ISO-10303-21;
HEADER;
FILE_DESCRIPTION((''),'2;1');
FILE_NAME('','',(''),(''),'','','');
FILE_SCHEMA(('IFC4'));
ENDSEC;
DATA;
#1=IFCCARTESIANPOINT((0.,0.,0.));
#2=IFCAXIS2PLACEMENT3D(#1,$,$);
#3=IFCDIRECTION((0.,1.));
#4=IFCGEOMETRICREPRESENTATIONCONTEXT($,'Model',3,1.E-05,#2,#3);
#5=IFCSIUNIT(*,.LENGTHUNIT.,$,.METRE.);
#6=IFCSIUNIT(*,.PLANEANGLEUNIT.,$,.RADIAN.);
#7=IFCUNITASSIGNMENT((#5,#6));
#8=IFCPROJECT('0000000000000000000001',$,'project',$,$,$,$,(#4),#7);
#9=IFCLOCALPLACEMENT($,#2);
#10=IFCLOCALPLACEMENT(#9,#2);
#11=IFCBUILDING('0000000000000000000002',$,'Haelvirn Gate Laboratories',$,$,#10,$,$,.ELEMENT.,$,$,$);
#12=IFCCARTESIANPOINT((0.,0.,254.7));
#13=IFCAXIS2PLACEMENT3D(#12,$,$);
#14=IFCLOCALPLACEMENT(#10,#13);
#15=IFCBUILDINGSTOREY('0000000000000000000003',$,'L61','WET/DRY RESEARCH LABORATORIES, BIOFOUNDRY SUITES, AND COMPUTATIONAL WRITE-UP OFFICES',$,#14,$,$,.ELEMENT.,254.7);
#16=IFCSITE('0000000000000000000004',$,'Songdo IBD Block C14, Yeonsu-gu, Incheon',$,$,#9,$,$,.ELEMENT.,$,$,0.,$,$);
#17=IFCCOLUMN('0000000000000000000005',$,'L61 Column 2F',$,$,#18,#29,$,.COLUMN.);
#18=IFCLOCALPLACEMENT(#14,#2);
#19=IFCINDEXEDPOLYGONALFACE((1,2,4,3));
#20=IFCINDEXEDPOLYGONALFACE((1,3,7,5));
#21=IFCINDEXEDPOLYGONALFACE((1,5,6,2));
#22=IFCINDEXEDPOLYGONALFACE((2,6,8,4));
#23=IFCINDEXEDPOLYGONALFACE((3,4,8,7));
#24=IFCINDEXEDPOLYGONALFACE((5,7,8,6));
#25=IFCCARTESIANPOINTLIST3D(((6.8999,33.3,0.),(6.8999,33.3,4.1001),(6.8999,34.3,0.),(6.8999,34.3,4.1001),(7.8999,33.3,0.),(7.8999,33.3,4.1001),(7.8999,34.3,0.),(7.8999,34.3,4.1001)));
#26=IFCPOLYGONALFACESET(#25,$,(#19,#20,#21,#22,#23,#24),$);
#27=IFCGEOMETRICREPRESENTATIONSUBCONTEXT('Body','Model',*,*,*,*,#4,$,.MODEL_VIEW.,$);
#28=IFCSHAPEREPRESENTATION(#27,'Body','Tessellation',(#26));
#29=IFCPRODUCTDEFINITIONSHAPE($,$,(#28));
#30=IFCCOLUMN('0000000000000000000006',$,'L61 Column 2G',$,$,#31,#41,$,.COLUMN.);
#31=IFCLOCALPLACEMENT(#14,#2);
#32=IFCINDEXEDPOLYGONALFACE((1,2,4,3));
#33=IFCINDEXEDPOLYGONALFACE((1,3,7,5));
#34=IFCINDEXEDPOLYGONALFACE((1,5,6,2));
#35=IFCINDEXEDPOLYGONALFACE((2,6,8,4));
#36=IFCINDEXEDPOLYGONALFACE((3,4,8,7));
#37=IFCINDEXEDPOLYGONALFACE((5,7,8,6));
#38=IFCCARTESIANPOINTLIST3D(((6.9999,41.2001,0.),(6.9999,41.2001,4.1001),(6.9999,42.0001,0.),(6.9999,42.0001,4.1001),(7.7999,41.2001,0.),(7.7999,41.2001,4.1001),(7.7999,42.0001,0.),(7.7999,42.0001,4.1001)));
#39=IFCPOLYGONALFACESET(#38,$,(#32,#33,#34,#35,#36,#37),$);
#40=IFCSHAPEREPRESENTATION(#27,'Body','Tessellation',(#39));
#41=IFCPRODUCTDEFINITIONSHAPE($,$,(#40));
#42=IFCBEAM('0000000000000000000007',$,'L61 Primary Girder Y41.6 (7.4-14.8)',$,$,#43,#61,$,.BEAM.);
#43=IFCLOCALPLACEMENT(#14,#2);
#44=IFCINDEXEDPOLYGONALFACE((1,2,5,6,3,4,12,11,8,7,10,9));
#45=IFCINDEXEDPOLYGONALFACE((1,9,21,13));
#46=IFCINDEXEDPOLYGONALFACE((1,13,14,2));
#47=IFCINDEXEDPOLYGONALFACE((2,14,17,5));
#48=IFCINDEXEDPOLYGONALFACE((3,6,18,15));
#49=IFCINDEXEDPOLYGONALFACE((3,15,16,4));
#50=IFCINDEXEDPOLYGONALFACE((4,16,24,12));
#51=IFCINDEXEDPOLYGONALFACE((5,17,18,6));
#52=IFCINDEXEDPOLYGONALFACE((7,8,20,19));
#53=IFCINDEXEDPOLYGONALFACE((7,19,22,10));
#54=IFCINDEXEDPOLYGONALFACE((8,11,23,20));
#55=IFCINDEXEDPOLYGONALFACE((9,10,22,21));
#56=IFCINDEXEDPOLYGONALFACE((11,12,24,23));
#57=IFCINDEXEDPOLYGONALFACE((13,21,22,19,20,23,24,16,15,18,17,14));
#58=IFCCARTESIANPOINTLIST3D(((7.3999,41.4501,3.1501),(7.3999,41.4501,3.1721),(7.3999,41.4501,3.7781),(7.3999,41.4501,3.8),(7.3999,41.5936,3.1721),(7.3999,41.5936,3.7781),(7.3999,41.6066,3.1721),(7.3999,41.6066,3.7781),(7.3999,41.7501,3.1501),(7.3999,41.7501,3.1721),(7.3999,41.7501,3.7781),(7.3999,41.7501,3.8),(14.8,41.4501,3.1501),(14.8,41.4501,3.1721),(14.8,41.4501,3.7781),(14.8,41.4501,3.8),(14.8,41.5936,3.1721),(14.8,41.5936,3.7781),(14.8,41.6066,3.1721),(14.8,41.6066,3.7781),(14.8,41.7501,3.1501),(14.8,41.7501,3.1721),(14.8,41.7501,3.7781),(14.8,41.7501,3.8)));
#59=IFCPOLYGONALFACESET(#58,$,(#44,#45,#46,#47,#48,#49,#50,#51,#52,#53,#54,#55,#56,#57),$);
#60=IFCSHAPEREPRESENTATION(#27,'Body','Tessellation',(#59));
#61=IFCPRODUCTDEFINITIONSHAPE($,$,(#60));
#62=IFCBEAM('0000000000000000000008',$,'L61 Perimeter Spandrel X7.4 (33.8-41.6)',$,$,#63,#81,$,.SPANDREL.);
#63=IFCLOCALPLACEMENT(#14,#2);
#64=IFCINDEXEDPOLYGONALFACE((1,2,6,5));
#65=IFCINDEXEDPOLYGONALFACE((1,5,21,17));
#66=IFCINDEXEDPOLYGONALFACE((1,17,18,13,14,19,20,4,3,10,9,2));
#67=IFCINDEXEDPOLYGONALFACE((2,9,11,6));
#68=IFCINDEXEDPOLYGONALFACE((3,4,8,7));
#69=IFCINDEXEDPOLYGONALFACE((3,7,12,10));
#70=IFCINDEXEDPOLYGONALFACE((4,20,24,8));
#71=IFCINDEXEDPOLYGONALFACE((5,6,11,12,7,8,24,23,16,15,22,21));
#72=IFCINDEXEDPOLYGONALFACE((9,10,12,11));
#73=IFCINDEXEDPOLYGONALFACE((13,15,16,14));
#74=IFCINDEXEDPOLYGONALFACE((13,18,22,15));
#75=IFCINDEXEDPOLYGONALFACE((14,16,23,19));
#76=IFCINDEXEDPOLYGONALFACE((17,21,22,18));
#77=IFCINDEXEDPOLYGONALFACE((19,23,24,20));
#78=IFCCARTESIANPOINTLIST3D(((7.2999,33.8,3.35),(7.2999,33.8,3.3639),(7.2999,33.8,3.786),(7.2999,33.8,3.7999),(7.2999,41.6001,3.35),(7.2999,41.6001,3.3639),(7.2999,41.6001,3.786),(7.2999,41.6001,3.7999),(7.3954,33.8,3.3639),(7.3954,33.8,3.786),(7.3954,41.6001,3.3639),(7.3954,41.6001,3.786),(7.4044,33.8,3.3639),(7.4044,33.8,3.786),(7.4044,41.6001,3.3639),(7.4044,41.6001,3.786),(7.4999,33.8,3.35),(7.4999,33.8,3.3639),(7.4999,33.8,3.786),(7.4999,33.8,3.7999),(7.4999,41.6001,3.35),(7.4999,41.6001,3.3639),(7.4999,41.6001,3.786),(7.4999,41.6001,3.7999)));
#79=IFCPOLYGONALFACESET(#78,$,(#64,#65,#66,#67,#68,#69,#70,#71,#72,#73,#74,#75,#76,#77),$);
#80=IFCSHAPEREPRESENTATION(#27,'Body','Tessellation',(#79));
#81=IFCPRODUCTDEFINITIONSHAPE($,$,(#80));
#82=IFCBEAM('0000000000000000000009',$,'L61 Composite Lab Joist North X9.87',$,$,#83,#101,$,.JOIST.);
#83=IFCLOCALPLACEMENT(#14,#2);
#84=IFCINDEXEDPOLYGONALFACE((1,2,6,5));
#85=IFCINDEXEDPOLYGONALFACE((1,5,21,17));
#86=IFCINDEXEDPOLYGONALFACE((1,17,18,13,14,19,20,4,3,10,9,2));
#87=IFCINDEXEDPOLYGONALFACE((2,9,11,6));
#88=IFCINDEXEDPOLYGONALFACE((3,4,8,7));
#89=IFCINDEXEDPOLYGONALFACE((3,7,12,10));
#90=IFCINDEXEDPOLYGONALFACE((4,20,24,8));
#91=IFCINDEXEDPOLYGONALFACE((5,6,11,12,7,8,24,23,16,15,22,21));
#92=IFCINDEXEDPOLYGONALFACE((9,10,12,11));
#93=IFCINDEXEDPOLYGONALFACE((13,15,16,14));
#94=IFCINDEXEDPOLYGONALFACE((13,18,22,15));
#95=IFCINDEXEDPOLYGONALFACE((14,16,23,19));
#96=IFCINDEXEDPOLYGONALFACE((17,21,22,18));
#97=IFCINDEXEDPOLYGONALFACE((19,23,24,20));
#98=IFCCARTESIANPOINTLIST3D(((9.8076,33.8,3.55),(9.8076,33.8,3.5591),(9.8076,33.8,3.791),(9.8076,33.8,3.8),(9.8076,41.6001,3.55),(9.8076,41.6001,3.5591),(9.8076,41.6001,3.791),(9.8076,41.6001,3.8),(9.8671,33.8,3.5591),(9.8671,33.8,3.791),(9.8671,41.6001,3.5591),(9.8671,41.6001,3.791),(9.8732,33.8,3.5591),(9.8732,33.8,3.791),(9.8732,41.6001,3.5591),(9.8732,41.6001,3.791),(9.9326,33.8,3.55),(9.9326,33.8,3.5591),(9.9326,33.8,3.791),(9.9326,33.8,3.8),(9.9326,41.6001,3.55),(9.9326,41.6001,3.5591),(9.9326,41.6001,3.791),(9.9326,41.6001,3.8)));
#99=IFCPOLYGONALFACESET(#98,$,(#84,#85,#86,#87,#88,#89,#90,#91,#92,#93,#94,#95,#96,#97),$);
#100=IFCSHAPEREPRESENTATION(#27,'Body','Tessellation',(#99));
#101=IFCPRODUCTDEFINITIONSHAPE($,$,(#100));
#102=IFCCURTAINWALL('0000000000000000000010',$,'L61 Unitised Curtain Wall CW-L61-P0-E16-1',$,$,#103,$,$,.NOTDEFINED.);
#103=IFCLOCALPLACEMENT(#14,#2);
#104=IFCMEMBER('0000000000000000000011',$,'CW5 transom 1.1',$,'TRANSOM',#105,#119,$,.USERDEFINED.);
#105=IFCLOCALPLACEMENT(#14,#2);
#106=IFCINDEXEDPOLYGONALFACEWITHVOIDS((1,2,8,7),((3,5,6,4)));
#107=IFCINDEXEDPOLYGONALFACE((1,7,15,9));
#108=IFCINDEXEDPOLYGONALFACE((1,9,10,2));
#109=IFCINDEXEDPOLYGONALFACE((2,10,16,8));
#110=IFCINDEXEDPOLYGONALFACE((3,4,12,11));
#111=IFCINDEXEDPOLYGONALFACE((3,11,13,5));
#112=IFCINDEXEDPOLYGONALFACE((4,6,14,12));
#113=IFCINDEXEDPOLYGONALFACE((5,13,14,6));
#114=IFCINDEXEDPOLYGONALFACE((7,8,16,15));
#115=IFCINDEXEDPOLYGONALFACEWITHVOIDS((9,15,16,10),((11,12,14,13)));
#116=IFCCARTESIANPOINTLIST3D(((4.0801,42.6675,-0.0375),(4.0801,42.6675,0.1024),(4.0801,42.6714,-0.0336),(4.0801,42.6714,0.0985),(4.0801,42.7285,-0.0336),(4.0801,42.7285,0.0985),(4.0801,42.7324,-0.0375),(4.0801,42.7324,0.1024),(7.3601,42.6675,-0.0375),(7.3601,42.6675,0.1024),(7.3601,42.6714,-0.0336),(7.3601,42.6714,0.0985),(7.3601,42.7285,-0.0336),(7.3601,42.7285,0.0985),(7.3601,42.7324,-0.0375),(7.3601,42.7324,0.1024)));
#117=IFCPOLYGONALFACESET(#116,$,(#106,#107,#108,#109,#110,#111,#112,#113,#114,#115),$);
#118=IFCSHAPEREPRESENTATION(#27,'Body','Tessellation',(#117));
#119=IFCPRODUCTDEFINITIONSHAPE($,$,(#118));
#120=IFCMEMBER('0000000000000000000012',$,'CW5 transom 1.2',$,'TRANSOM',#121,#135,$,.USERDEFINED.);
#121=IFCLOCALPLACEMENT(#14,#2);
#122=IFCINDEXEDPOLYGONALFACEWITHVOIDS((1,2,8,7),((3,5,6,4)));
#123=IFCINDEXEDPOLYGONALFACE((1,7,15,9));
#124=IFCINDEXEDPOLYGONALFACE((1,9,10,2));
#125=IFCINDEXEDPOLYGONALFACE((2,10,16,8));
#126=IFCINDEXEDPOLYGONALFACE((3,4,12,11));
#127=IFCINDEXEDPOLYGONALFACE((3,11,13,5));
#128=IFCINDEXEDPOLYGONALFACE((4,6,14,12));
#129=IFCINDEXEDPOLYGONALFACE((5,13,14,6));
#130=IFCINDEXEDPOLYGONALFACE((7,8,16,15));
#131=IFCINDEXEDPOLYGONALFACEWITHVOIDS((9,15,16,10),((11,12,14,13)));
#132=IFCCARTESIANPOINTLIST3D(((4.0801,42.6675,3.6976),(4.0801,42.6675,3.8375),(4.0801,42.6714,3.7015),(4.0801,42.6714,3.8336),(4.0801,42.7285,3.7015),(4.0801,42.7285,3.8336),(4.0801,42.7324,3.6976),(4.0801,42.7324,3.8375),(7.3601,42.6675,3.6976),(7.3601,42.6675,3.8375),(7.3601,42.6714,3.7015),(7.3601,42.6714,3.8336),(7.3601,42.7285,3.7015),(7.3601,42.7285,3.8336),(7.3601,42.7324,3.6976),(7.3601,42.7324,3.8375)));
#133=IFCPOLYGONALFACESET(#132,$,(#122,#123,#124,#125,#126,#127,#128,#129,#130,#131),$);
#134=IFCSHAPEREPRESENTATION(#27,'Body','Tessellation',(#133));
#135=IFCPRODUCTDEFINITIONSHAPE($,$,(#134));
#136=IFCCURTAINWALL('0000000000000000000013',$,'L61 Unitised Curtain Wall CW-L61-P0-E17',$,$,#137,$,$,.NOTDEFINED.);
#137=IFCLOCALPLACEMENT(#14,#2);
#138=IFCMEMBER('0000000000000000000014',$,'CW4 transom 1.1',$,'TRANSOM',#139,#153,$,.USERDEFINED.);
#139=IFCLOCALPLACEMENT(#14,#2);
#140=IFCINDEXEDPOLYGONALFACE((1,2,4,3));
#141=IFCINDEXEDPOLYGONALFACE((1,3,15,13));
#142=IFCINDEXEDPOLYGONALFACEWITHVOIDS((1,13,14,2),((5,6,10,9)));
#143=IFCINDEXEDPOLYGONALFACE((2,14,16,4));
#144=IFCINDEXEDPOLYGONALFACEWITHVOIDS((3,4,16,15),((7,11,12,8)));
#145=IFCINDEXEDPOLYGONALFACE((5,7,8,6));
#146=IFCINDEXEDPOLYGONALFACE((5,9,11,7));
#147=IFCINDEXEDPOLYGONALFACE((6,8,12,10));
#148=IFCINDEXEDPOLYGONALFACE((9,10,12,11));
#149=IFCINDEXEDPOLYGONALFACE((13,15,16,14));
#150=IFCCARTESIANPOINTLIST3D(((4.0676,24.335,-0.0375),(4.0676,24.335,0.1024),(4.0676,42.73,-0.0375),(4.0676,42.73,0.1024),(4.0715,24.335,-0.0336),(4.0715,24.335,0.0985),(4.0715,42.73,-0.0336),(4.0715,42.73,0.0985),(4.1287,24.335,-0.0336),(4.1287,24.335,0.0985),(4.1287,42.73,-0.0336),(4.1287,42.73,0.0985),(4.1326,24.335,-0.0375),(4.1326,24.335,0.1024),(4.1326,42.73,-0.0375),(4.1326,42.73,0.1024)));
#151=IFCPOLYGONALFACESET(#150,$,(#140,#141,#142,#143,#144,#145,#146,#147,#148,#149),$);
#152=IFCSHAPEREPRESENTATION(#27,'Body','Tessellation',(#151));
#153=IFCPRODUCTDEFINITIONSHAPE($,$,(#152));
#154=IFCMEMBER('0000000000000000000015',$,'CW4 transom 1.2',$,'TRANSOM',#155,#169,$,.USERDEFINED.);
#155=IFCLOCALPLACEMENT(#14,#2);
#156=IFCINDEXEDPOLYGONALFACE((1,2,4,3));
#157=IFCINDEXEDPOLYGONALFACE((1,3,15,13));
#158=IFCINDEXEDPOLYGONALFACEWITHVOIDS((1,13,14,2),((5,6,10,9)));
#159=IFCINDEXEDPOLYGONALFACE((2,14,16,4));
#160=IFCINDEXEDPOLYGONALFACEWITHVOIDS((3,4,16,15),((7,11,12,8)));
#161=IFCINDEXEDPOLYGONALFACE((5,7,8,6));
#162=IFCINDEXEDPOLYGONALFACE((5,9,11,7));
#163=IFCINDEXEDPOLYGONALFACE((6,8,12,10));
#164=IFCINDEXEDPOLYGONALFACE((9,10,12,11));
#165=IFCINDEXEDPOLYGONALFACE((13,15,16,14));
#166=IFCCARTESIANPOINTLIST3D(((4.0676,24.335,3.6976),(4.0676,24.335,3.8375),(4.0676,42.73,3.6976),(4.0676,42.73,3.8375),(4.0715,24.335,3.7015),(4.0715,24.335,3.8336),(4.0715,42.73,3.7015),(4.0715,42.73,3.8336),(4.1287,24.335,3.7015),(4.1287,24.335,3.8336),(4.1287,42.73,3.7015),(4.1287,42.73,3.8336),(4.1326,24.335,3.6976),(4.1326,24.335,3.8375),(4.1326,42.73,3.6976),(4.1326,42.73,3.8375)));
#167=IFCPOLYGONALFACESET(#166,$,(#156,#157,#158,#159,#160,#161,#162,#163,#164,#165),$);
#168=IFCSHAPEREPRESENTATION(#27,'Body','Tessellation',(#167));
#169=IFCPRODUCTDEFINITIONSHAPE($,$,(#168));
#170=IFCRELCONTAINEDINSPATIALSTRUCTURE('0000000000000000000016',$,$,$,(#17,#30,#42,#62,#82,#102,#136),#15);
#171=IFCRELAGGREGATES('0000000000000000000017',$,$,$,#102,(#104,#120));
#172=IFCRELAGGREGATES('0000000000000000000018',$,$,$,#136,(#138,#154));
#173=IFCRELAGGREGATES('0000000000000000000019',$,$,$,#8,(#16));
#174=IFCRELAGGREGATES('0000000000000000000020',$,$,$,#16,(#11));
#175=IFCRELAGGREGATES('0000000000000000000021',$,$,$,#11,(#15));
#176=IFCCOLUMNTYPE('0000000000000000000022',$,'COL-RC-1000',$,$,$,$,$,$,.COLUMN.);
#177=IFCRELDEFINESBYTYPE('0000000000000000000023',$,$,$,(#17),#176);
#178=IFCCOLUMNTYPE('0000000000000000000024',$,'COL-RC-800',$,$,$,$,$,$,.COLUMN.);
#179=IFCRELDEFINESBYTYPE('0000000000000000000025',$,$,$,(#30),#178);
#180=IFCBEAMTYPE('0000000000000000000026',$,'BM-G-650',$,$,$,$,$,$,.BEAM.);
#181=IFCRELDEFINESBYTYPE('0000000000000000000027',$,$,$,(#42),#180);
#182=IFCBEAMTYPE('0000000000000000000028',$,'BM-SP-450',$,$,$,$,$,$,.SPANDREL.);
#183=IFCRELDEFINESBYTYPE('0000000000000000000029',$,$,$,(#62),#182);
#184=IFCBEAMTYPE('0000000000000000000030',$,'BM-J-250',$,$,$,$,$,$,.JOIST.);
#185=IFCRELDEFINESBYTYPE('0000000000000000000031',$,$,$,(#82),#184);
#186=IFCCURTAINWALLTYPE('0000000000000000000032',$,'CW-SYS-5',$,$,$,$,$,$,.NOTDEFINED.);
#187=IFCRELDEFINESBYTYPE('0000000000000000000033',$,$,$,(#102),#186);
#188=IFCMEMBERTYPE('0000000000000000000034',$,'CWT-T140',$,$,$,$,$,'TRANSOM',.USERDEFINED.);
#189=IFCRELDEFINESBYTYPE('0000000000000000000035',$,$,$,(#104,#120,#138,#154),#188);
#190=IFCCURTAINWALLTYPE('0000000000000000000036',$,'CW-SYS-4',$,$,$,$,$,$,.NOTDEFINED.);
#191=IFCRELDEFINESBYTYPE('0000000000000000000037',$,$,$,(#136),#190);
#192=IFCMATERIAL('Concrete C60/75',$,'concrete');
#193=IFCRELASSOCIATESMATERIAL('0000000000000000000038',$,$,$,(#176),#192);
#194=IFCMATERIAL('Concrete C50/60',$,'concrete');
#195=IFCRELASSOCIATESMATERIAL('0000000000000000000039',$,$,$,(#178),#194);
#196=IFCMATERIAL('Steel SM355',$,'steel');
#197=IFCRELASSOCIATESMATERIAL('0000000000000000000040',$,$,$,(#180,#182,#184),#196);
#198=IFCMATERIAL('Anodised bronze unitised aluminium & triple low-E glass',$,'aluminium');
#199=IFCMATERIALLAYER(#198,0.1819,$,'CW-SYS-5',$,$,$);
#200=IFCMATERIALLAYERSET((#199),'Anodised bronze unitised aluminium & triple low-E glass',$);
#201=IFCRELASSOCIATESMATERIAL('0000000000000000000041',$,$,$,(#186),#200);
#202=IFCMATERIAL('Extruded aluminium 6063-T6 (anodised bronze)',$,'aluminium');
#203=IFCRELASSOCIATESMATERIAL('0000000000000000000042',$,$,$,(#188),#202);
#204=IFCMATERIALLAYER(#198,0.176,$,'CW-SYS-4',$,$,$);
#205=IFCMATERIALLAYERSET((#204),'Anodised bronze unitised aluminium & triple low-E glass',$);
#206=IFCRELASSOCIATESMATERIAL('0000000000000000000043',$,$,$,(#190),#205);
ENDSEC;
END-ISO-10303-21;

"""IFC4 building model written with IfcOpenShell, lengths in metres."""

from ifc_helpers import new_model, si_unit, direction, frame, origin, origin_2d, place, context, subcontext, project, spatial, rectangle, hollow_rectangle, i_section, extrude, source, transform, mapped, material, layer, layer_set, material_profile, profile_set, type_object, type_shapes, element, aggregate, save


model = new_model("IFC4")

# Units and contexts
model_context = context("Model", 3, precision=1e-05, world=origin(), true_north=direction((0.0, 1.0)))
body_context = subcontext(model_context, "Body", "Model", "MODEL_VIEW")
ifc_project = project(units=[si_unit("LENGTHUNIT", "METRE"), si_unit("PLANEANGLEUNIT", "RADIAN")], contexts=[model_context])

# Site, building, storey
site_placement = place(None, origin())
site = spatial("IfcSite", under=ifc_project, at=site_placement, Name="Songdo IBD Block C14, Yeonsu-gu, Incheon", CompositionType="ELEMENT", RefElevation=0.0)
building_placement = place(site_placement, origin())
building = spatial("IfcBuilding", under=site, at=building_placement, Name="Haelvirn Gate Laboratories", CompositionType="ELEMENT")
storey_placement = place(building_placement, frame((0.0, 0.0, 254.7)))
storey = spatial("IfcBuildingStorey", under=building, at=storey_placement, Name="L61", Description="WET/DRY RESEARCH LABORATORIES, BIOFOUNDRY SUITES, AND COMPUTATIONAL WRITE-UP OFFICES", CompositionType="ELEMENT", Elevation=254.7)

# Columns
ifc_material_1 = material(Name="Concrete C60/75", Category="concrete")
ifc_material_profile_1 = material_profile(ifc_material_1, rectangle(XDim=1.0, YDim=1.0, at=origin_2d()), Name="RC-1000x1000")
ifc_profile_set_1 = profile_set([ifc_material_profile_1], Name="Concrete C60/75")
column_type_1 = type_object("IfcColumnType", Name="COL-RC-1000", PredefinedType="COLUMN", material=ifc_profile_set_1)
shared_shape_1 = source(origin(), body_context, "Body", "SweptSolid", [
    extrude(rectangle(XDim=1.0, YDim=1.0, at=origin_2d()), origin(), (0.0, 0.0, 1.0), 4.1001),
])
type_shapes(column_type_1, [shared_shape_1])
column_1_placement = place(storey_placement, frame((7.3999, 33.8, 0.0), z_axis=(0.0, 0.0, 1.0), x_axis=(1.0, 0.0, 0.0)))
element("IfcColumn", 1, at=column_1_placement, inside=storey, type_object=column_type_1, Name="L61 Column 2F", PredefinedType="COLUMN", context=body_context, shape_type="MappedRepresentation", body=[
    mapped(shared_shape_1, transform((0.0, 0.0, 0.0), scale=1.0)),
])
ifc_material_2 = material(Name="Concrete C50/60", Category="concrete")
ifc_material_profile_2 = material_profile(ifc_material_2, rectangle(XDim=0.8, YDim=0.8, at=origin_2d()), Name="RC-800x800")
ifc_profile_set_2 = profile_set([ifc_material_profile_2], Name="Concrete C50/60")
column_type_2 = type_object("IfcColumnType", Name="COL-RC-800", PredefinedType="COLUMN", material=ifc_profile_set_2)
shared_shape_2 = source(origin(), body_context, "Body", "SweptSolid", [
    extrude(rectangle(XDim=0.8, YDim=0.8, at=origin_2d()), origin(), (0.0, 0.0, 1.0), 4.1001),
])
type_shapes(column_type_2, [shared_shape_2])
column_2_placement = place(storey_placement, frame((7.3999, 41.6001, 0.0), z_axis=(0.0, 0.0, 1.0), x_axis=(1.0, 0.0, 0.0)))
element("IfcColumn", 2, at=column_2_placement, inside=storey, type_object=column_type_2, Name="L61 Column 2G", PredefinedType="COLUMN", context=body_context, shape_type="MappedRepresentation", body=[
    mapped(shared_shape_2, transform((0.0, 0.0, 0.0), scale=1.0)),
])

# Beams
ifc_material_3 = material(Name="Steel SM355", Category="steel")
ifc_material_profile_3 = material_profile(ifc_material_3, i_section(OverallWidth=0.3, OverallDepth=0.6499, WebThickness=0.0129, FlangeThickness=0.022, at=origin_2d()), Name="H-650x300x13x22")
ifc_profile_set_3 = profile_set([ifc_material_profile_3], Name="Steel SM355")
beam_type_1 = type_object("IfcBeamType", Name="BM-G-650", PredefinedType="BEAM", material=ifc_profile_set_3)
shared_shape_3 = source(origin(), body_context, "Body", "SweptSolid", [
    extrude(i_section(OverallWidth=0.3, OverallDepth=0.6499, WebThickness=0.0129, FlangeThickness=0.022, at=origin_2d()), origin(), (0.0, 0.0, 1.0), 7.4001),
])
type_shapes(beam_type_1, [shared_shape_3])
beam_1_placement = place(storey_placement, frame((7.3999, 41.6001, 3.4751), z_axis=(1.0, 0.0, 0.0), x_axis=(0.0, 1.0, 0.0)))
element("IfcBeam", 3, at=beam_1_placement, inside=storey, type_object=beam_type_1, Name="L61 Primary Girder Y41.6 (7.4-14.8)", PredefinedType="BEAM", context=body_context, shape_type="MappedRepresentation", body=[
    mapped(shared_shape_3, transform((0.0, 0.0, 0.0), scale=1.0)),
])
ifc_material_profile_4 = material_profile(ifc_material_3, i_section(OverallWidth=0.2, OverallDepth=0.45, WebThickness=0.009, FlangeThickness=0.0139, at=origin_2d()), Name="H-450x200x9x14")
ifc_profile_set_4 = profile_set([ifc_material_profile_4], Name="Steel SM355")
beam_type_2 = type_object("IfcBeamType", Name="BM-SP-450", PredefinedType="SPANDREL", material=ifc_profile_set_4)
shared_shape_4 = source(origin(), body_context, "Body", "SweptSolid", [
    extrude(i_section(OverallWidth=0.2, OverallDepth=0.45, WebThickness=0.009, FlangeThickness=0.0139, at=origin_2d()), origin(), (0.0, 0.0, 1.0), 7.8),
])
type_shapes(beam_type_2, [shared_shape_4])
beam_2_placement = place(storey_placement, frame((7.3999, 33.8, 3.575), z_axis=(0.0, 1.0, 0.0), x_axis=(-1.0, 0.0, 0.0)))
element("IfcBeam", 4, at=beam_2_placement, inside=storey, type_object=beam_type_2, Name="L61 Perimeter Spandrel X7.4 (33.8-41.6)", PredefinedType="SPANDREL", context=body_context, shape_type="MappedRepresentation", body=[
    mapped(shared_shape_4, transform((0.0, 0.0, 0.0), scale=1.0)),
])
ifc_material_profile_5 = material_profile(ifc_material_3, i_section(OverallWidth=0.125, OverallDepth=0.25, WebThickness=0.0061, FlangeThickness=0.009, at=origin_2d()), Name="H-250x125x6x9")
ifc_profile_set_5 = profile_set([ifc_material_profile_5], Name="Steel SM355")
beam_type_3 = type_object("IfcBeamType", Name="BM-J-250", PredefinedType="JOIST", material=ifc_profile_set_5)
shared_shape_5 = source(origin(), body_context, "Body", "SweptSolid", [
    extrude(i_section(OverallWidth=0.125, OverallDepth=0.25, WebThickness=0.0061, FlangeThickness=0.009, at=origin_2d()), origin(), (0.0, 0.0, 1.0), 7.8),
])
type_shapes(beam_type_3, [shared_shape_5])
beam_3_placement = place(storey_placement, frame((9.8701, 33.8, 3.675), z_axis=(0.0, 1.0, 0.0), x_axis=(-1.0, 0.0, 0.0)))
element("IfcBeam", 5, at=beam_3_placement, inside=storey, type_object=beam_type_3, Name="L61 Composite Lab Joist North X9.87", PredefinedType="JOIST", context=body_context, shape_type="MappedRepresentation", body=[
    mapped(shared_shape_5, transform((0.0, 0.0, 0.0), scale=1.0)),
])

# Curtain walls, members
ifc_material_4 = material(Name="Anodised bronze unitised aluminium & triple low-E glass", Category="aluminium")
ifc_layer_1 = layer(ifc_material_4, 0.1819, Name="CW-SYS-5")
ifc_layer_set_1 = layer_set([ifc_layer_1], Name="Anodised bronze unitised aluminium & triple low-E glass")
curtain_wall_type_1 = type_object("IfcCurtainWallType", Name="CW-SYS-5", PredefinedType="NOTDEFINED", material=ifc_layer_set_1)
curtain_wall_1_placement = place(storey_placement, origin())
curtain_wall_1 = element("IfcCurtainWall", 6, at=curtain_wall_1_placement, inside=storey, type_object=curtain_wall_type_1, Name="L61 Unitised Curtain Wall CW-L61-P0-E16-1", PredefinedType="NOTDEFINED")
ifc_material_5 = material(Name="Extruded aluminium 6063-T6 (anodised bronze)", Category="aluminium")
ifc_material_profile_6 = material_profile(ifc_material_5, hollow_rectangle(XDim=0.0649, YDim=0.1399, WallThickness=0.0039, at=origin_2d()), Name="CWT-140x65x4")
ifc_profile_set_6 = profile_set([ifc_material_profile_6], Name="Extruded aluminium 6063-T6 (anodised bronze)")
member_type_1 = type_object("IfcMemberType", Name="CWT-T140", ElementType="TRANSOM", PredefinedType="USERDEFINED", material=ifc_profile_set_6)
shared_shape_6 = source(origin(), body_context, "Body", "SweptSolid", [
    extrude(hollow_rectangle(XDim=0.0649, YDim=0.1399, WallThickness=0.0039, at=origin_2d()), origin(), (0.0, 0.0, 1.0), 3.28),
])
member_1_placement = place(storey_placement, frame((4.0801, 42.7, 0.0325), z_axis=(1.0, 0.0, 0.0), x_axis=(0.0, 1.0, 0.0)))
member_1 = element("IfcMember", 7, at=member_1_placement, type_object=member_type_1, Name="CW5 transom 1.1", ObjectType="TRANSOM", PredefinedType="USERDEFINED", context=body_context, shape_type="MappedRepresentation", body=[
    mapped(shared_shape_6, transform((0.0, 0.0, 0.0), scale=1.0)),
])
member_2_placement = place(storey_placement, frame((4.0801, 42.7, 3.7676), z_axis=(1.0, 0.0, 0.0), x_axis=(0.0, 1.0, 0.0)))
member_2 = element("IfcMember", 8, at=member_2_placement, type_object=member_type_1, Name="CW5 transom 1.2", ObjectType="TRANSOM", PredefinedType="USERDEFINED", context=body_context, shape_type="MappedRepresentation", body=[
    mapped(shared_shape_6, transform((0.0, 0.0, 0.0), scale=1.0)),
])
ifc_layer_2 = layer(ifc_material_4, 0.176, Name="CW-SYS-4")
ifc_layer_set_2 = layer_set([ifc_layer_2], Name="Anodised bronze unitised aluminium & triple low-E glass")
curtain_wall_type_2 = type_object("IfcCurtainWallType", Name="CW-SYS-4", PredefinedType="NOTDEFINED", material=ifc_layer_set_2)
curtain_wall_2_placement = place(storey_placement, origin())
curtain_wall_2 = element("IfcCurtainWall", 9, at=curtain_wall_2_placement, inside=storey, type_object=curtain_wall_type_2, Name="L61 Unitised Curtain Wall CW-L61-P0-E17", PredefinedType="NOTDEFINED")
shared_shape_7 = source(origin(), body_context, "Body", "SweptSolid", [
    extrude(hollow_rectangle(XDim=0.0649, YDim=0.1399, WallThickness=0.0039, at=origin_2d()), origin(), (0.0, 0.0, 1.0), 18.395),
])
member_3_placement = place(storey_placement, frame((4.1001, 42.73, 0.0325), z_axis=(0.0, -1.0, 0.0), x_axis=(1.0, 0.0, 0.0)))
member_3 = element("IfcMember", 10, at=member_3_placement, type_object=member_type_1, Name="CW4 transom 1.1", ObjectType="TRANSOM", PredefinedType="USERDEFINED", context=body_context, shape_type="MappedRepresentation", body=[
    mapped(shared_shape_7, transform((0.0, 0.0, 0.0), scale=1.0)),
])
member_4_placement = place(storey_placement, frame((4.1001, 42.73, 3.7676), z_axis=(0.0, -1.0, 0.0), x_axis=(1.0, 0.0, 0.0)))
member_4 = element("IfcMember", 11, at=member_4_placement, type_object=member_type_1, Name="CW4 transom 1.2", ObjectType="TRANSOM", PredefinedType="USERDEFINED", context=body_context, shape_type="MappedRepresentation", body=[
    mapped(shared_shape_7, transform((0.0, 0.0, 0.0), scale=1.0)),
])

aggregate(curtain_wall_1, [member_1, member_2])
aggregate(curtain_wall_2, [member_3, member_4])

save(model, "model.ifc")
